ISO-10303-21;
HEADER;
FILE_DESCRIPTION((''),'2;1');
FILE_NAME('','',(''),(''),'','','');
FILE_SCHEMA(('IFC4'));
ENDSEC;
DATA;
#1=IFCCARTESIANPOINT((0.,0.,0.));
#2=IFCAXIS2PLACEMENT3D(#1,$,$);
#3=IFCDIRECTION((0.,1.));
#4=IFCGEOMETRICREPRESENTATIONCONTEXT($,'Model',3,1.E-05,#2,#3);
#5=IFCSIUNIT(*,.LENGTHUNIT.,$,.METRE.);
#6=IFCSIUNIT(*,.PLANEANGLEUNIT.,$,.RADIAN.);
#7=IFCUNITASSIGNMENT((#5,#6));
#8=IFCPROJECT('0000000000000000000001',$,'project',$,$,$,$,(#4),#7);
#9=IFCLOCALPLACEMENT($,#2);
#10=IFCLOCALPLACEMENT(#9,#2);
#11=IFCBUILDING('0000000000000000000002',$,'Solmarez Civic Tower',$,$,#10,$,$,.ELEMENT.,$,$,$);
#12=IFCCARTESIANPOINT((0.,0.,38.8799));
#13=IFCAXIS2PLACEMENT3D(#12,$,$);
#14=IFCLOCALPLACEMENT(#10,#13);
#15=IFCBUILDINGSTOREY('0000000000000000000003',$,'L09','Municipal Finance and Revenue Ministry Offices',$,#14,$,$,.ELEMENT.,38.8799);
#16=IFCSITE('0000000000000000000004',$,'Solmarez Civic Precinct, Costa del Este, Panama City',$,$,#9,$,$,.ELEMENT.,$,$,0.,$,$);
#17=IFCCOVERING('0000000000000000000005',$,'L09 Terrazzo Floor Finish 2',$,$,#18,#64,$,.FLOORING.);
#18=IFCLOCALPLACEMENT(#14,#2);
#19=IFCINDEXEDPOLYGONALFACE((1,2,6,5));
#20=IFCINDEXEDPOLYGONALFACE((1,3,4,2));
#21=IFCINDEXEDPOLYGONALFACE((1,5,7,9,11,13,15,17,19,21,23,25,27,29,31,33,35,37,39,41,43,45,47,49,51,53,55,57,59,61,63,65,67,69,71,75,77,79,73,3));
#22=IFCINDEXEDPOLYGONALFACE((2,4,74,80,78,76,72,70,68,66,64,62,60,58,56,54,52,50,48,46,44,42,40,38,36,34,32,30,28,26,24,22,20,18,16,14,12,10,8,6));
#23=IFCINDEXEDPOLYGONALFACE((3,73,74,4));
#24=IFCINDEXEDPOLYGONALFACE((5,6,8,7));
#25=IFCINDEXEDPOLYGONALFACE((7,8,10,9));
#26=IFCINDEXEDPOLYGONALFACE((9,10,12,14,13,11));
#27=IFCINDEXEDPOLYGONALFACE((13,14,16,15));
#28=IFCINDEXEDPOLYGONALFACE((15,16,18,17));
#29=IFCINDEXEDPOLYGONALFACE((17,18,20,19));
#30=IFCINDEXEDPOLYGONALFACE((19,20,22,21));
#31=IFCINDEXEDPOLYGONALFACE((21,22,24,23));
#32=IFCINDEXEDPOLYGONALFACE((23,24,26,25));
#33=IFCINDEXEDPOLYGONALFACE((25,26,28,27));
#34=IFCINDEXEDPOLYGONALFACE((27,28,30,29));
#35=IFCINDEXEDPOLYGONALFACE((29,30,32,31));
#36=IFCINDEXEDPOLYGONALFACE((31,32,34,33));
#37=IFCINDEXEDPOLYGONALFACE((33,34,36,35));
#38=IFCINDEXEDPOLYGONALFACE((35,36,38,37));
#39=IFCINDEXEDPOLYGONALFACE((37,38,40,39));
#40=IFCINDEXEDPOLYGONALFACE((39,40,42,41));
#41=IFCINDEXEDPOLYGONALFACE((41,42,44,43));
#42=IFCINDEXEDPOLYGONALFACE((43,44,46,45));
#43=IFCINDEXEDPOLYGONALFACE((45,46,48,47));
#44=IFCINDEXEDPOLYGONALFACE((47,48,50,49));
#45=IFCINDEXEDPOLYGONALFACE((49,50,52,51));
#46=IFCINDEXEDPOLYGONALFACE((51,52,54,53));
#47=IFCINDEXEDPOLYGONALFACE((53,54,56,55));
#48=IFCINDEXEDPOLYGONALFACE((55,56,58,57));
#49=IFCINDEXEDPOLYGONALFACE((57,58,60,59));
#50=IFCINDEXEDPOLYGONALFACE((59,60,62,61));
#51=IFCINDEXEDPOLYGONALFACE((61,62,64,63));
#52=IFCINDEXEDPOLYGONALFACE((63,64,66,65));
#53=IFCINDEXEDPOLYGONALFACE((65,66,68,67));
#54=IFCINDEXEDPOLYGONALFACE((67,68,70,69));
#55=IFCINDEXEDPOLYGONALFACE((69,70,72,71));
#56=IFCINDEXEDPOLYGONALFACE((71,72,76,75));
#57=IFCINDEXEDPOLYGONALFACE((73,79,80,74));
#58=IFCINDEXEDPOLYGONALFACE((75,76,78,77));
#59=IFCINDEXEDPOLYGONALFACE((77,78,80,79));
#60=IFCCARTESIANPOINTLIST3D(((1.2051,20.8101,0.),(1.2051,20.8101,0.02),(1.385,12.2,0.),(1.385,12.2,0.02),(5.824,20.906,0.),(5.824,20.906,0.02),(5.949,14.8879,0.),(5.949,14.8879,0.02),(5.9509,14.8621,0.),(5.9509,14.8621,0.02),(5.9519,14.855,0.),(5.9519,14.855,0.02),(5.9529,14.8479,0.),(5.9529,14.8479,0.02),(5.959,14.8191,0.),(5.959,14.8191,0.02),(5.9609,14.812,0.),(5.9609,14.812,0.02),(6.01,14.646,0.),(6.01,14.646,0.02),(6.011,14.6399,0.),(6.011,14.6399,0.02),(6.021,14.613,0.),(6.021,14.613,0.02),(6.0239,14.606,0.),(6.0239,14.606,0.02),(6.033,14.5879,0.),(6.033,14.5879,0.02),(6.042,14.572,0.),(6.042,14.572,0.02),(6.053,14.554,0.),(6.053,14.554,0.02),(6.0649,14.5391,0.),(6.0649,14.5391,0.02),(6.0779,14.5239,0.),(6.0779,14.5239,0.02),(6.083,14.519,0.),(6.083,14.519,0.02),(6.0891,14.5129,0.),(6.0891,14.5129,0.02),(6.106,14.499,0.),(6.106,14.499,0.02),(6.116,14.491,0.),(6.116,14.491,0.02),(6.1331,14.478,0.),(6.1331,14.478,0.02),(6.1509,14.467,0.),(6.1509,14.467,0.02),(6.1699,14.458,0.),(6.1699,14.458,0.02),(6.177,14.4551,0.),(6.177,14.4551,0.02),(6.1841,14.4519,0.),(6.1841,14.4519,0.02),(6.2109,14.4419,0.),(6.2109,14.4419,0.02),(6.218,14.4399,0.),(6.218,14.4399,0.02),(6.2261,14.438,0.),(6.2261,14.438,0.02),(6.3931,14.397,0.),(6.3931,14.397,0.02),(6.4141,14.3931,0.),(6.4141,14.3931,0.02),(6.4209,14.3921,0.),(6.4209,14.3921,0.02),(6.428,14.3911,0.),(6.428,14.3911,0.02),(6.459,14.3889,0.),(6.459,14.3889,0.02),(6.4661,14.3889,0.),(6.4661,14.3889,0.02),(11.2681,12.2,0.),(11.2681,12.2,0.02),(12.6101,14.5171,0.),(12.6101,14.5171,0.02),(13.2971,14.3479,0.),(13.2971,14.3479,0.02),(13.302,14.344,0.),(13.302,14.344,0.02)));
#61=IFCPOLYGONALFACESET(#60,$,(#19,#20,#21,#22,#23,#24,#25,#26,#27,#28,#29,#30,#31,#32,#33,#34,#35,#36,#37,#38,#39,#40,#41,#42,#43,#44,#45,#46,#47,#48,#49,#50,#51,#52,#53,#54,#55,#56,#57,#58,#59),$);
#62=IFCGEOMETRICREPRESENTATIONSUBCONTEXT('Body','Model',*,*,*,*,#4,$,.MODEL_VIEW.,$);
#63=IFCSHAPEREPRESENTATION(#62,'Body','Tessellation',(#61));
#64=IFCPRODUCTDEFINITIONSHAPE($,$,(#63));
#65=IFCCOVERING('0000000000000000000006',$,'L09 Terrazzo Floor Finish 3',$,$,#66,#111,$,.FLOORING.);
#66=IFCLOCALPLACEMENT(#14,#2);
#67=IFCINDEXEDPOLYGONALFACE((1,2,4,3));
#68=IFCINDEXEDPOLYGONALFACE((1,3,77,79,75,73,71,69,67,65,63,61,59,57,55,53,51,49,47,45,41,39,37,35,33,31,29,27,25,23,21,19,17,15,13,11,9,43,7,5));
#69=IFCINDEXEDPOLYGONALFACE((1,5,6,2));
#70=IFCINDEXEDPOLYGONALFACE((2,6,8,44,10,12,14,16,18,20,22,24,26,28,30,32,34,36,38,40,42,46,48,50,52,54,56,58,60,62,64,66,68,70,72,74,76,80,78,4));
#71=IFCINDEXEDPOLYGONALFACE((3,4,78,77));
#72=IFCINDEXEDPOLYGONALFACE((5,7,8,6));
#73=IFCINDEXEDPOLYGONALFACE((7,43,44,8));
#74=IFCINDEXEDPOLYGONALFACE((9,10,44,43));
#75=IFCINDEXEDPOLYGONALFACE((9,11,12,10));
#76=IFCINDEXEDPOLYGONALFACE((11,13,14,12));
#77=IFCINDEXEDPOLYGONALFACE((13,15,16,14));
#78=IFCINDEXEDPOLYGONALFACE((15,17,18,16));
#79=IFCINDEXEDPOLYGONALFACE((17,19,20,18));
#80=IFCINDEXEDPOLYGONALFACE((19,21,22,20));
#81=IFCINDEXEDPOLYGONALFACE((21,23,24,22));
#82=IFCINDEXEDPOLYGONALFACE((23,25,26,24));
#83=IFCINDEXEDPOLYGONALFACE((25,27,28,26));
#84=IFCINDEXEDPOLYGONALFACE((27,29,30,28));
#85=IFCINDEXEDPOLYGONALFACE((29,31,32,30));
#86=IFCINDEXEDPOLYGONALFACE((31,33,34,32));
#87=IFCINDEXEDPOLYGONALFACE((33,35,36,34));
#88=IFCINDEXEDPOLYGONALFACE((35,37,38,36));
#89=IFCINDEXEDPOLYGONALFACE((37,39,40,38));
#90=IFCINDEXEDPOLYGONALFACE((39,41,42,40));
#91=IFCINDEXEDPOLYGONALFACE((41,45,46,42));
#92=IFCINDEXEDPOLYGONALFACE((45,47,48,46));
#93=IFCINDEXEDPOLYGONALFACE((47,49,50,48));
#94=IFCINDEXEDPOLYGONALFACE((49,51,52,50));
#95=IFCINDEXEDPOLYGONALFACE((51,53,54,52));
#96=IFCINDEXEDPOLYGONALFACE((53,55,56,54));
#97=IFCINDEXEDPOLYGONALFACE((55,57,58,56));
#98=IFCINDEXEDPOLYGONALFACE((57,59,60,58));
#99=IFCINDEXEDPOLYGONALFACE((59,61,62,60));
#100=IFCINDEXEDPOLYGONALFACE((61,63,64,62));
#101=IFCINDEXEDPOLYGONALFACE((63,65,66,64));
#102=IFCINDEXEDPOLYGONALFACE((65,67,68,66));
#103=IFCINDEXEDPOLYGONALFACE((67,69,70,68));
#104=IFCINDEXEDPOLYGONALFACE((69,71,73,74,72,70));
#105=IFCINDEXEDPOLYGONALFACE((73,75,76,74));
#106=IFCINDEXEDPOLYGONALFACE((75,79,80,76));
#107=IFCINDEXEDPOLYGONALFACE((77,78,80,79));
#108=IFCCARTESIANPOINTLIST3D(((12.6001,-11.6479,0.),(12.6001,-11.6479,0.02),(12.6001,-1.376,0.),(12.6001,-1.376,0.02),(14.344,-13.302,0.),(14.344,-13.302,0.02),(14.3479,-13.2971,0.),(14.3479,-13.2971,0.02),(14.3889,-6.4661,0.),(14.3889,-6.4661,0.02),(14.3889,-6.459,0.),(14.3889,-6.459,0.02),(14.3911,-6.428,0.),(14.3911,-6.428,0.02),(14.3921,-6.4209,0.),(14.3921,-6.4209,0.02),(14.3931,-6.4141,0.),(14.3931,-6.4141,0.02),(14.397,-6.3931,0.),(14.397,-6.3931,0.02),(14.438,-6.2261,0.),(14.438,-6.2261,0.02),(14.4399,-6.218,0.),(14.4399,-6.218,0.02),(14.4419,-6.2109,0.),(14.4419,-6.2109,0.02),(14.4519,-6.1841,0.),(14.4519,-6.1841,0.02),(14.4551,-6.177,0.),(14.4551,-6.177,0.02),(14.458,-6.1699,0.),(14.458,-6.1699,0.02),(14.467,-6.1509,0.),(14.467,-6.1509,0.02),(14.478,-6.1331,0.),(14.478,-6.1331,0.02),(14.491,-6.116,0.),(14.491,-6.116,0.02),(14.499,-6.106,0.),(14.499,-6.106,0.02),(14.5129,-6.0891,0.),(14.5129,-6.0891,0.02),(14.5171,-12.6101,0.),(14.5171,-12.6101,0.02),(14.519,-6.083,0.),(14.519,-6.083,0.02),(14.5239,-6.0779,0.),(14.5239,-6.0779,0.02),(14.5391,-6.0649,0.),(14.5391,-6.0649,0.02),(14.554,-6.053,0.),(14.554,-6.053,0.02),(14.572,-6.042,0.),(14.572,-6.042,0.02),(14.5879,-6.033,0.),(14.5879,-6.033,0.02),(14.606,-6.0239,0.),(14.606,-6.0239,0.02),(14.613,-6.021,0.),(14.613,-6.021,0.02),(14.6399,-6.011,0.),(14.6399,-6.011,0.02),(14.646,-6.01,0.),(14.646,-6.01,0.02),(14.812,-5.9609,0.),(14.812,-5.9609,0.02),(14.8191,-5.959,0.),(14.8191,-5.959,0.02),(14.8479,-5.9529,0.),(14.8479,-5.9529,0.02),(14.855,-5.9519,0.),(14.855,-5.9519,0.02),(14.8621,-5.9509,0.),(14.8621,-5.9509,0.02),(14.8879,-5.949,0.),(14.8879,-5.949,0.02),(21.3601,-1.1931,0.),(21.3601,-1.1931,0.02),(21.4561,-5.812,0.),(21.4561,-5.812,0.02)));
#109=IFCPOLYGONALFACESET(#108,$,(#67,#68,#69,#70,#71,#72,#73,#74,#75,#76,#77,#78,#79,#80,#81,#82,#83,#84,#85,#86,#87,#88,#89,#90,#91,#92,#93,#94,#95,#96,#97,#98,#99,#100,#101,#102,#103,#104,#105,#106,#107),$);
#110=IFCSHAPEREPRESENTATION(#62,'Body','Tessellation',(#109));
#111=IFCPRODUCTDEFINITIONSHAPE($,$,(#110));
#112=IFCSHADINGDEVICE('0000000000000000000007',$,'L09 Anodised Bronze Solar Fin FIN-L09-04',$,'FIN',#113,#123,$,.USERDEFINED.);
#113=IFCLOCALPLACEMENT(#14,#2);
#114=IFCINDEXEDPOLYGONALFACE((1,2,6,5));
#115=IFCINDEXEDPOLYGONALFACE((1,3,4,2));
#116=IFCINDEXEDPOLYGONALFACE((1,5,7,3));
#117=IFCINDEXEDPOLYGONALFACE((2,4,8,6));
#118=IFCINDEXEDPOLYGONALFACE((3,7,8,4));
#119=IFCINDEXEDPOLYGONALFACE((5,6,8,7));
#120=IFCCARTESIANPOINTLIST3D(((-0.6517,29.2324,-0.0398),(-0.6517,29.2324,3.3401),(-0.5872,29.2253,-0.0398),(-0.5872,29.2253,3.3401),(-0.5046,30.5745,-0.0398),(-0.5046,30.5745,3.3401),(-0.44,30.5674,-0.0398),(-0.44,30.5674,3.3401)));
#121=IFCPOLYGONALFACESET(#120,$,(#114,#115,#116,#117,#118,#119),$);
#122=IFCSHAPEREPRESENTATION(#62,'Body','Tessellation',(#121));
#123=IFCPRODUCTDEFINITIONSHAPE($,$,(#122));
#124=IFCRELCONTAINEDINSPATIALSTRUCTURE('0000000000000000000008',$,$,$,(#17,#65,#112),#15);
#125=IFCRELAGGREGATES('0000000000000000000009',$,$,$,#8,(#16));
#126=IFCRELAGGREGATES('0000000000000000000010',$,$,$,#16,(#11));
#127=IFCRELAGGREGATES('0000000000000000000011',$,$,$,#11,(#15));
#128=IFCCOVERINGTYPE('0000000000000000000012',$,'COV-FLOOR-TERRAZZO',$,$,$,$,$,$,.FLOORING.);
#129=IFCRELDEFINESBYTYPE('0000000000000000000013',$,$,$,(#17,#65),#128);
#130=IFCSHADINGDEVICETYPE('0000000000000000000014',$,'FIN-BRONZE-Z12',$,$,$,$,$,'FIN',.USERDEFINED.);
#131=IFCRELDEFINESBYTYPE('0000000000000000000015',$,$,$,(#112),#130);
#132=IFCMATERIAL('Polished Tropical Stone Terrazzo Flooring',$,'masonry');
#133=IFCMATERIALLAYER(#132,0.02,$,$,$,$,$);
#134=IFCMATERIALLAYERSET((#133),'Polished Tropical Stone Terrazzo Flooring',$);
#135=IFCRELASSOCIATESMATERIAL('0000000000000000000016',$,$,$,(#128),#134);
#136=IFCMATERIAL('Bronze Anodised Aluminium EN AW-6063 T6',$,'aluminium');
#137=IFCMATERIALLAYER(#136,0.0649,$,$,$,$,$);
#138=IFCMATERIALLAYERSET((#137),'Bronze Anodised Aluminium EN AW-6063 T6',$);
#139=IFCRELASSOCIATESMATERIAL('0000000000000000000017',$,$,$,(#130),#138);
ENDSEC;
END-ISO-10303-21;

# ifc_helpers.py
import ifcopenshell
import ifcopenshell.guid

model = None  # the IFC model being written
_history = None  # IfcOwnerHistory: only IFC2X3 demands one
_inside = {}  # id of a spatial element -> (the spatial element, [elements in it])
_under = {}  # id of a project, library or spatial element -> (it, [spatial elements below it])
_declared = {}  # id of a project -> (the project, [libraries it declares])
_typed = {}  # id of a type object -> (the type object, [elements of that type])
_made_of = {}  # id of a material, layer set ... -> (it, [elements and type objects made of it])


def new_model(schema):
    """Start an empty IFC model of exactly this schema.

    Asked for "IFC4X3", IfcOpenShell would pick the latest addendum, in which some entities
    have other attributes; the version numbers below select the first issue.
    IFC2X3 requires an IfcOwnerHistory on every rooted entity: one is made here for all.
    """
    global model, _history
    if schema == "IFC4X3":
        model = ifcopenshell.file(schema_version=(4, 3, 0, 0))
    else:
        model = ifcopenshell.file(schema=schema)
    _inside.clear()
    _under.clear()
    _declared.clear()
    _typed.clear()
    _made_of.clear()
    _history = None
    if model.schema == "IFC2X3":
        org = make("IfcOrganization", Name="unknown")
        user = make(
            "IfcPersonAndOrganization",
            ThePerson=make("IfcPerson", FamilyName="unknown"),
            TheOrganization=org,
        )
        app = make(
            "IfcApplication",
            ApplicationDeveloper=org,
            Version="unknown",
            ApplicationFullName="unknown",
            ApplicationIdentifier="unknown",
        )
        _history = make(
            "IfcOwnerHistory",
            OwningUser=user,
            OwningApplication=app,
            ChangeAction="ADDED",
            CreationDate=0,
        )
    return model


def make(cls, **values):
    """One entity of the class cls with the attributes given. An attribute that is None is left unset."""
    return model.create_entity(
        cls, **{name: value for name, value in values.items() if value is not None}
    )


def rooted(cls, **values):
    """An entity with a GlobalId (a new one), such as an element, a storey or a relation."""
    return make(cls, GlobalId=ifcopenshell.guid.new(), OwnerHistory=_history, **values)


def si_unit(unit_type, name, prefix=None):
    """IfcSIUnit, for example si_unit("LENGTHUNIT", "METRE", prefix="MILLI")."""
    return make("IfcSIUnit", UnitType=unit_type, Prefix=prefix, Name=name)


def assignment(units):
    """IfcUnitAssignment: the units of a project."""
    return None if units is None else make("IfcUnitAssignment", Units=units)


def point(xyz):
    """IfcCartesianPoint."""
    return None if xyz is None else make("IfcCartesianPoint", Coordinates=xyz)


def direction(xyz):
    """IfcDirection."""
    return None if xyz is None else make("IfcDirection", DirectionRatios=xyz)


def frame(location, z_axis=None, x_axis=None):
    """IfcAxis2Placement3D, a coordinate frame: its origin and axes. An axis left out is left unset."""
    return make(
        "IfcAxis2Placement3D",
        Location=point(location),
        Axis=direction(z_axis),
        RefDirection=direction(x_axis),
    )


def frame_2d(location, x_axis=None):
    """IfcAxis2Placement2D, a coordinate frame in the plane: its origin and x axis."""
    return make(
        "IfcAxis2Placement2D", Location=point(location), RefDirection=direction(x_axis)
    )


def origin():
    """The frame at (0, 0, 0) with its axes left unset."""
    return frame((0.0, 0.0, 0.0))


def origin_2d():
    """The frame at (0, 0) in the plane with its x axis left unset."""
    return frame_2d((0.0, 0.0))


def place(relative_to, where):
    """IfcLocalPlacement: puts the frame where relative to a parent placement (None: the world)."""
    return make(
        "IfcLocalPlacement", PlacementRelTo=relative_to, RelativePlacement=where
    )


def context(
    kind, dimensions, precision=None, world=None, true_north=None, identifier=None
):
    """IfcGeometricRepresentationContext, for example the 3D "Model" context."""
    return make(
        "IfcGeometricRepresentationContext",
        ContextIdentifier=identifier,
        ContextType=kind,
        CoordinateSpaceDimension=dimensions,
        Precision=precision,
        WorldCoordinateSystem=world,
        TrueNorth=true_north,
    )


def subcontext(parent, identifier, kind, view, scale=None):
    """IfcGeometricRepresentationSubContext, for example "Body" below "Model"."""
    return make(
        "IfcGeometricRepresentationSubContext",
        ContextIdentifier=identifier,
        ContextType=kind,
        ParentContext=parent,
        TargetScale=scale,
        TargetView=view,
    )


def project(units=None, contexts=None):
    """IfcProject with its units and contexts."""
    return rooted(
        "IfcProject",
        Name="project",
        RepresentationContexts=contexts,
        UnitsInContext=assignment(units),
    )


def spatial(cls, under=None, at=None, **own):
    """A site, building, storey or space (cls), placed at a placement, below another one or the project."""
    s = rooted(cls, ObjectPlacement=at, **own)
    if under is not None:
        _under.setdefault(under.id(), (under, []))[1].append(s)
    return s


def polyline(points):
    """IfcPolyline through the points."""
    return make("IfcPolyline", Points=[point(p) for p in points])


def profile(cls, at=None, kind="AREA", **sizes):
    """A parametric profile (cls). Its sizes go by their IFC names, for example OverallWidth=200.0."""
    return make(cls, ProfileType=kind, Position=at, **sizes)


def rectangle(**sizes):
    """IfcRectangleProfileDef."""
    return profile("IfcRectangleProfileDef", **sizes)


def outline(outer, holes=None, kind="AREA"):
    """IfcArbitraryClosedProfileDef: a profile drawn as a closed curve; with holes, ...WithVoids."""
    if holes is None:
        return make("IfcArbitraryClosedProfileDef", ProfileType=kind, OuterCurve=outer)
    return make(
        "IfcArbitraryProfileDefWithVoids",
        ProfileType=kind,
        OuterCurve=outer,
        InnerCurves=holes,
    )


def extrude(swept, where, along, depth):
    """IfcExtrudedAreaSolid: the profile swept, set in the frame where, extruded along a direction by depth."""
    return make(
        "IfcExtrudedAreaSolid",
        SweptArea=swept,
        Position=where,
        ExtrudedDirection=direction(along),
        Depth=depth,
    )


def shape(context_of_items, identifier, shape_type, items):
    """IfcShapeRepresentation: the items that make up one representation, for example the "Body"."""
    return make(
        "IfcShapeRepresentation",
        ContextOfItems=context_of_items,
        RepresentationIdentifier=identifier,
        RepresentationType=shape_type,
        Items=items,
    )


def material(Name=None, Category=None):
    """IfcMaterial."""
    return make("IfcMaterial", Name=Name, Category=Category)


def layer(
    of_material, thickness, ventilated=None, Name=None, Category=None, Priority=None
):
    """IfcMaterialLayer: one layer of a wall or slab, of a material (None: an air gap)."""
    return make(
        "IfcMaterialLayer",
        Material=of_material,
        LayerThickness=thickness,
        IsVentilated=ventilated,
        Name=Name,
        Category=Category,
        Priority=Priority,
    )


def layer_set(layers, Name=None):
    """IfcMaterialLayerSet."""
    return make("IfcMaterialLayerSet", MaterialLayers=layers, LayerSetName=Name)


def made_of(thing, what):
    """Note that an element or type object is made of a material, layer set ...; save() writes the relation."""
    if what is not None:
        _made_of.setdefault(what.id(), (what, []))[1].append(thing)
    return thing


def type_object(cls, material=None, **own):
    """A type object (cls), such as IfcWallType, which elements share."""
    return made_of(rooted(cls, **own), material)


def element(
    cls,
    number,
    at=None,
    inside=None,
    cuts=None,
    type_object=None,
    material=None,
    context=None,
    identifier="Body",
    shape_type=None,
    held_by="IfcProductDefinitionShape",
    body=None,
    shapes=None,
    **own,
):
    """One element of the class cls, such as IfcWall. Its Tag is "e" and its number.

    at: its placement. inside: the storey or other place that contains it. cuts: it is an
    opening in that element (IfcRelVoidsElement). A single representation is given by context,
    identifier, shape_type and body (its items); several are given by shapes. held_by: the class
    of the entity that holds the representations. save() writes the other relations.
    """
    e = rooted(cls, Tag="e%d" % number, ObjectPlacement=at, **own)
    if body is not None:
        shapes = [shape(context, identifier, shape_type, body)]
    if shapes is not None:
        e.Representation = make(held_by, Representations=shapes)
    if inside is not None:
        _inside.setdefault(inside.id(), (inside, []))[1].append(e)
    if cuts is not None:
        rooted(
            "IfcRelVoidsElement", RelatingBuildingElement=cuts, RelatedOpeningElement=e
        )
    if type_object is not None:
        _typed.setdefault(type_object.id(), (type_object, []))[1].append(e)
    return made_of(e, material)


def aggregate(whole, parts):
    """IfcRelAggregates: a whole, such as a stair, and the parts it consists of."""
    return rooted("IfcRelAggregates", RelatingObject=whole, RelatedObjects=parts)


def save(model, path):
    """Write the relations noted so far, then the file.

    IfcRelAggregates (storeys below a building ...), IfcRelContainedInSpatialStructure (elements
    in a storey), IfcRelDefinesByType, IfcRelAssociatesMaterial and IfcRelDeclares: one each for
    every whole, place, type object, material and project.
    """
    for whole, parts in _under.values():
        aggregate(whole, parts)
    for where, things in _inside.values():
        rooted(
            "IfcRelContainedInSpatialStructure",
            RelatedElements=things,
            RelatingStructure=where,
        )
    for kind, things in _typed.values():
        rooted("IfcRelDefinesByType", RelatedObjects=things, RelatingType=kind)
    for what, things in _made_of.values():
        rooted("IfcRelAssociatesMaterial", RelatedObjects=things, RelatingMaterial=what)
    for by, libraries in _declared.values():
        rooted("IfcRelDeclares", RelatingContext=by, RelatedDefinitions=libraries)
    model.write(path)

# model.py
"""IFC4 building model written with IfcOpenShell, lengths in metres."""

from ifc_helpers import new_model, si_unit, direction, frame, origin, origin_2d, place, context, subcontext, project, spatial, polyline, rectangle, outline, extrude, material, layer, layer_set, type_object, element, save


model = new_model("IFC4")

# Units and contexts
model_context = context("Model", 3, precision=1e-05, world=origin(), true_north=direction((0.0, 1.0)))
body_context = subcontext(model_context, "Body", "Model", "MODEL_VIEW")
ifc_project = project(units=[si_unit("LENGTHUNIT", "METRE"), si_unit("PLANEANGLEUNIT", "RADIAN")], contexts=[model_context])

# Site, building, storey
site_placement = place(None, origin())
site = spatial("IfcSite", under=ifc_project, at=site_placement, Name="Solmarez Civic Precinct, Costa del Este, Panama City", CompositionType="ELEMENT", RefElevation=0.0)
building_placement = place(site_placement, origin())
building = spatial("IfcBuilding", under=site, at=building_placement, Name="Solmarez Civic Tower", CompositionType="ELEMENT")
storey_placement = place(building_placement, frame((0.0, 0.0, 38.8799)))
storey = spatial("IfcBuildingStorey", under=building, at=storey_placement, Name="L09", Description="Municipal Finance and Revenue Ministry Offices", CompositionType="ELEMENT", Elevation=38.8799)

# Shared definitions
ifc_material_1 = material(Name="Bronze Anodised Aluminium EN AW-6063 T6", Category="aluminium")

# Coverings
ifc_material_2 = material(Name="Polished Tropical Stone Terrazzo Flooring", Category="masonry")
ifc_layer_1 = layer(ifc_material_2, 0.02)
ifc_layer_set_1 = layer_set([ifc_layer_1], Name="Polished Tropical Stone Terrazzo Flooring")
covering_type_1 = type_object("IfcCoveringType", Name="COV-FLOOR-TERRAZZO", PredefinedType="FLOORING", material=ifc_layer_set_1)
covering_1_placement = place(storey_placement, origin())
element("IfcCovering", 1, at=covering_1_placement, inside=storey, type_object=covering_type_1, Name="L09 Terrazzo Floor Finish 2", PredefinedType="FLOORING", context=body_context, shape_type="SweptSolid", body=[
    extrude(outline(polyline([(1.385, 12.2), (11.2681, 12.2), (13.302, 14.344), (13.2971, 14.3479), (12.6101, 14.5171), (6.4661, 14.3889), (6.459, 14.3889), (6.428, 14.3911), (6.4209, 14.3921), (6.4141, 14.3931), (6.3931, 14.397), (6.2261, 14.438), (6.218, 14.4399), (6.2109, 14.4419), (6.1841, 14.4519), (6.177, 14.4551), (6.1699, 14.458), (6.1509, 14.467), (6.1331, 14.478), (6.116, 14.491), (6.106, 14.499), (6.0891, 14.5129), (6.083, 14.519), (6.0779, 14.5239), (6.0649, 14.5391), (6.053, 14.554), (6.042, 14.572), (6.033, 14.5879), (6.0239, 14.606), (6.021, 14.613), (6.011, 14.6399), (6.01, 14.646), (5.9609, 14.812), (5.959, 14.8191), (5.9529, 14.8479), (5.9519, 14.855), (5.9509, 14.8621), (5.949, 14.8879), (5.824, 20.906), (1.2051, 20.8101), (1.385, 12.2)])), origin(), (0.0, 0.0, 1.0), 0.02),
])
covering_2_placement = place(storey_placement, origin())
element("IfcCovering", 2, at=covering_2_placement, inside=storey, type_object=covering_type_1, Name="L09 Terrazzo Floor Finish 3", PredefinedType="FLOORING", context=body_context, shape_type="SweptSolid", body=[
    extrude(outline(polyline([(12.6001, -1.376), (12.6001, -11.6479), (14.344, -13.302), (14.3479, -13.2971), (14.5171, -12.6101), (14.3889, -6.4661), (14.3889, -6.459), (14.3911, -6.428), (14.3921, -6.4209), (14.3931, -6.4141), (14.397, -6.3931), (14.438, -6.2261), (14.4399, -6.218), (14.4419, -6.2109), (14.4519, -6.1841), (14.4551, -6.177), (14.458, -6.1699), (14.467, -6.1509), (14.478, -6.1331), (14.491, -6.116), (14.499, -6.106), (14.5129, -6.0891), (14.519, -6.083), (14.5239, -6.0779), (14.5391, -6.0649), (14.554, -6.053), (14.572, -6.042), (14.5879, -6.033), (14.606, -6.0239), (14.613, -6.021), (14.6399, -6.011), (14.646, -6.01), (14.812, -5.9609), (14.8191, -5.959), (14.8479, -5.9529), (14.855, -5.9519), (14.8621, -5.9509), (14.8879, -5.949), (21.4561, -5.812), (21.3601, -1.1931), (12.6001, -1.376)])), origin(), (0.0, 0.0, 1.0), 0.02),
])

# Shading device
ifc_layer_2 = layer(ifc_material_1, 0.0649)
ifc_layer_set_2 = layer_set([ifc_layer_2], Name="Bronze Anodised Aluminium EN AW-6063 T6")
shading_device_type = type_object("IfcShadingDeviceType", Name="FIN-BRONZE-Z12", ElementType="FIN", PredefinedType="USERDEFINED", material=ifc_layer_set_2)
shading_device_placement = place(storey_placement, frame((-0.5459, 29.8999, -0.0398), z_axis=(0.0, 0.0, 1.0), x_axis=(0.108988, 0.994043, 0.0)))
element("IfcShadingDevice", 3, at=shading_device_placement, inside=storey, type_object=shading_device_type, Name="L09 Anodised Bronze Solar Fin FIN-L09-04", ObjectType="FIN", PredefinedType="USERDEFINED", context=body_context, shape_type="SweptSolid", body=[
    extrude(rectangle(XDim=1.3501, YDim=0.0649, at=origin_2d()), origin(), (0.0, 0.0, 1.0), 3.3799),
])

save(model, "model.ifc")
